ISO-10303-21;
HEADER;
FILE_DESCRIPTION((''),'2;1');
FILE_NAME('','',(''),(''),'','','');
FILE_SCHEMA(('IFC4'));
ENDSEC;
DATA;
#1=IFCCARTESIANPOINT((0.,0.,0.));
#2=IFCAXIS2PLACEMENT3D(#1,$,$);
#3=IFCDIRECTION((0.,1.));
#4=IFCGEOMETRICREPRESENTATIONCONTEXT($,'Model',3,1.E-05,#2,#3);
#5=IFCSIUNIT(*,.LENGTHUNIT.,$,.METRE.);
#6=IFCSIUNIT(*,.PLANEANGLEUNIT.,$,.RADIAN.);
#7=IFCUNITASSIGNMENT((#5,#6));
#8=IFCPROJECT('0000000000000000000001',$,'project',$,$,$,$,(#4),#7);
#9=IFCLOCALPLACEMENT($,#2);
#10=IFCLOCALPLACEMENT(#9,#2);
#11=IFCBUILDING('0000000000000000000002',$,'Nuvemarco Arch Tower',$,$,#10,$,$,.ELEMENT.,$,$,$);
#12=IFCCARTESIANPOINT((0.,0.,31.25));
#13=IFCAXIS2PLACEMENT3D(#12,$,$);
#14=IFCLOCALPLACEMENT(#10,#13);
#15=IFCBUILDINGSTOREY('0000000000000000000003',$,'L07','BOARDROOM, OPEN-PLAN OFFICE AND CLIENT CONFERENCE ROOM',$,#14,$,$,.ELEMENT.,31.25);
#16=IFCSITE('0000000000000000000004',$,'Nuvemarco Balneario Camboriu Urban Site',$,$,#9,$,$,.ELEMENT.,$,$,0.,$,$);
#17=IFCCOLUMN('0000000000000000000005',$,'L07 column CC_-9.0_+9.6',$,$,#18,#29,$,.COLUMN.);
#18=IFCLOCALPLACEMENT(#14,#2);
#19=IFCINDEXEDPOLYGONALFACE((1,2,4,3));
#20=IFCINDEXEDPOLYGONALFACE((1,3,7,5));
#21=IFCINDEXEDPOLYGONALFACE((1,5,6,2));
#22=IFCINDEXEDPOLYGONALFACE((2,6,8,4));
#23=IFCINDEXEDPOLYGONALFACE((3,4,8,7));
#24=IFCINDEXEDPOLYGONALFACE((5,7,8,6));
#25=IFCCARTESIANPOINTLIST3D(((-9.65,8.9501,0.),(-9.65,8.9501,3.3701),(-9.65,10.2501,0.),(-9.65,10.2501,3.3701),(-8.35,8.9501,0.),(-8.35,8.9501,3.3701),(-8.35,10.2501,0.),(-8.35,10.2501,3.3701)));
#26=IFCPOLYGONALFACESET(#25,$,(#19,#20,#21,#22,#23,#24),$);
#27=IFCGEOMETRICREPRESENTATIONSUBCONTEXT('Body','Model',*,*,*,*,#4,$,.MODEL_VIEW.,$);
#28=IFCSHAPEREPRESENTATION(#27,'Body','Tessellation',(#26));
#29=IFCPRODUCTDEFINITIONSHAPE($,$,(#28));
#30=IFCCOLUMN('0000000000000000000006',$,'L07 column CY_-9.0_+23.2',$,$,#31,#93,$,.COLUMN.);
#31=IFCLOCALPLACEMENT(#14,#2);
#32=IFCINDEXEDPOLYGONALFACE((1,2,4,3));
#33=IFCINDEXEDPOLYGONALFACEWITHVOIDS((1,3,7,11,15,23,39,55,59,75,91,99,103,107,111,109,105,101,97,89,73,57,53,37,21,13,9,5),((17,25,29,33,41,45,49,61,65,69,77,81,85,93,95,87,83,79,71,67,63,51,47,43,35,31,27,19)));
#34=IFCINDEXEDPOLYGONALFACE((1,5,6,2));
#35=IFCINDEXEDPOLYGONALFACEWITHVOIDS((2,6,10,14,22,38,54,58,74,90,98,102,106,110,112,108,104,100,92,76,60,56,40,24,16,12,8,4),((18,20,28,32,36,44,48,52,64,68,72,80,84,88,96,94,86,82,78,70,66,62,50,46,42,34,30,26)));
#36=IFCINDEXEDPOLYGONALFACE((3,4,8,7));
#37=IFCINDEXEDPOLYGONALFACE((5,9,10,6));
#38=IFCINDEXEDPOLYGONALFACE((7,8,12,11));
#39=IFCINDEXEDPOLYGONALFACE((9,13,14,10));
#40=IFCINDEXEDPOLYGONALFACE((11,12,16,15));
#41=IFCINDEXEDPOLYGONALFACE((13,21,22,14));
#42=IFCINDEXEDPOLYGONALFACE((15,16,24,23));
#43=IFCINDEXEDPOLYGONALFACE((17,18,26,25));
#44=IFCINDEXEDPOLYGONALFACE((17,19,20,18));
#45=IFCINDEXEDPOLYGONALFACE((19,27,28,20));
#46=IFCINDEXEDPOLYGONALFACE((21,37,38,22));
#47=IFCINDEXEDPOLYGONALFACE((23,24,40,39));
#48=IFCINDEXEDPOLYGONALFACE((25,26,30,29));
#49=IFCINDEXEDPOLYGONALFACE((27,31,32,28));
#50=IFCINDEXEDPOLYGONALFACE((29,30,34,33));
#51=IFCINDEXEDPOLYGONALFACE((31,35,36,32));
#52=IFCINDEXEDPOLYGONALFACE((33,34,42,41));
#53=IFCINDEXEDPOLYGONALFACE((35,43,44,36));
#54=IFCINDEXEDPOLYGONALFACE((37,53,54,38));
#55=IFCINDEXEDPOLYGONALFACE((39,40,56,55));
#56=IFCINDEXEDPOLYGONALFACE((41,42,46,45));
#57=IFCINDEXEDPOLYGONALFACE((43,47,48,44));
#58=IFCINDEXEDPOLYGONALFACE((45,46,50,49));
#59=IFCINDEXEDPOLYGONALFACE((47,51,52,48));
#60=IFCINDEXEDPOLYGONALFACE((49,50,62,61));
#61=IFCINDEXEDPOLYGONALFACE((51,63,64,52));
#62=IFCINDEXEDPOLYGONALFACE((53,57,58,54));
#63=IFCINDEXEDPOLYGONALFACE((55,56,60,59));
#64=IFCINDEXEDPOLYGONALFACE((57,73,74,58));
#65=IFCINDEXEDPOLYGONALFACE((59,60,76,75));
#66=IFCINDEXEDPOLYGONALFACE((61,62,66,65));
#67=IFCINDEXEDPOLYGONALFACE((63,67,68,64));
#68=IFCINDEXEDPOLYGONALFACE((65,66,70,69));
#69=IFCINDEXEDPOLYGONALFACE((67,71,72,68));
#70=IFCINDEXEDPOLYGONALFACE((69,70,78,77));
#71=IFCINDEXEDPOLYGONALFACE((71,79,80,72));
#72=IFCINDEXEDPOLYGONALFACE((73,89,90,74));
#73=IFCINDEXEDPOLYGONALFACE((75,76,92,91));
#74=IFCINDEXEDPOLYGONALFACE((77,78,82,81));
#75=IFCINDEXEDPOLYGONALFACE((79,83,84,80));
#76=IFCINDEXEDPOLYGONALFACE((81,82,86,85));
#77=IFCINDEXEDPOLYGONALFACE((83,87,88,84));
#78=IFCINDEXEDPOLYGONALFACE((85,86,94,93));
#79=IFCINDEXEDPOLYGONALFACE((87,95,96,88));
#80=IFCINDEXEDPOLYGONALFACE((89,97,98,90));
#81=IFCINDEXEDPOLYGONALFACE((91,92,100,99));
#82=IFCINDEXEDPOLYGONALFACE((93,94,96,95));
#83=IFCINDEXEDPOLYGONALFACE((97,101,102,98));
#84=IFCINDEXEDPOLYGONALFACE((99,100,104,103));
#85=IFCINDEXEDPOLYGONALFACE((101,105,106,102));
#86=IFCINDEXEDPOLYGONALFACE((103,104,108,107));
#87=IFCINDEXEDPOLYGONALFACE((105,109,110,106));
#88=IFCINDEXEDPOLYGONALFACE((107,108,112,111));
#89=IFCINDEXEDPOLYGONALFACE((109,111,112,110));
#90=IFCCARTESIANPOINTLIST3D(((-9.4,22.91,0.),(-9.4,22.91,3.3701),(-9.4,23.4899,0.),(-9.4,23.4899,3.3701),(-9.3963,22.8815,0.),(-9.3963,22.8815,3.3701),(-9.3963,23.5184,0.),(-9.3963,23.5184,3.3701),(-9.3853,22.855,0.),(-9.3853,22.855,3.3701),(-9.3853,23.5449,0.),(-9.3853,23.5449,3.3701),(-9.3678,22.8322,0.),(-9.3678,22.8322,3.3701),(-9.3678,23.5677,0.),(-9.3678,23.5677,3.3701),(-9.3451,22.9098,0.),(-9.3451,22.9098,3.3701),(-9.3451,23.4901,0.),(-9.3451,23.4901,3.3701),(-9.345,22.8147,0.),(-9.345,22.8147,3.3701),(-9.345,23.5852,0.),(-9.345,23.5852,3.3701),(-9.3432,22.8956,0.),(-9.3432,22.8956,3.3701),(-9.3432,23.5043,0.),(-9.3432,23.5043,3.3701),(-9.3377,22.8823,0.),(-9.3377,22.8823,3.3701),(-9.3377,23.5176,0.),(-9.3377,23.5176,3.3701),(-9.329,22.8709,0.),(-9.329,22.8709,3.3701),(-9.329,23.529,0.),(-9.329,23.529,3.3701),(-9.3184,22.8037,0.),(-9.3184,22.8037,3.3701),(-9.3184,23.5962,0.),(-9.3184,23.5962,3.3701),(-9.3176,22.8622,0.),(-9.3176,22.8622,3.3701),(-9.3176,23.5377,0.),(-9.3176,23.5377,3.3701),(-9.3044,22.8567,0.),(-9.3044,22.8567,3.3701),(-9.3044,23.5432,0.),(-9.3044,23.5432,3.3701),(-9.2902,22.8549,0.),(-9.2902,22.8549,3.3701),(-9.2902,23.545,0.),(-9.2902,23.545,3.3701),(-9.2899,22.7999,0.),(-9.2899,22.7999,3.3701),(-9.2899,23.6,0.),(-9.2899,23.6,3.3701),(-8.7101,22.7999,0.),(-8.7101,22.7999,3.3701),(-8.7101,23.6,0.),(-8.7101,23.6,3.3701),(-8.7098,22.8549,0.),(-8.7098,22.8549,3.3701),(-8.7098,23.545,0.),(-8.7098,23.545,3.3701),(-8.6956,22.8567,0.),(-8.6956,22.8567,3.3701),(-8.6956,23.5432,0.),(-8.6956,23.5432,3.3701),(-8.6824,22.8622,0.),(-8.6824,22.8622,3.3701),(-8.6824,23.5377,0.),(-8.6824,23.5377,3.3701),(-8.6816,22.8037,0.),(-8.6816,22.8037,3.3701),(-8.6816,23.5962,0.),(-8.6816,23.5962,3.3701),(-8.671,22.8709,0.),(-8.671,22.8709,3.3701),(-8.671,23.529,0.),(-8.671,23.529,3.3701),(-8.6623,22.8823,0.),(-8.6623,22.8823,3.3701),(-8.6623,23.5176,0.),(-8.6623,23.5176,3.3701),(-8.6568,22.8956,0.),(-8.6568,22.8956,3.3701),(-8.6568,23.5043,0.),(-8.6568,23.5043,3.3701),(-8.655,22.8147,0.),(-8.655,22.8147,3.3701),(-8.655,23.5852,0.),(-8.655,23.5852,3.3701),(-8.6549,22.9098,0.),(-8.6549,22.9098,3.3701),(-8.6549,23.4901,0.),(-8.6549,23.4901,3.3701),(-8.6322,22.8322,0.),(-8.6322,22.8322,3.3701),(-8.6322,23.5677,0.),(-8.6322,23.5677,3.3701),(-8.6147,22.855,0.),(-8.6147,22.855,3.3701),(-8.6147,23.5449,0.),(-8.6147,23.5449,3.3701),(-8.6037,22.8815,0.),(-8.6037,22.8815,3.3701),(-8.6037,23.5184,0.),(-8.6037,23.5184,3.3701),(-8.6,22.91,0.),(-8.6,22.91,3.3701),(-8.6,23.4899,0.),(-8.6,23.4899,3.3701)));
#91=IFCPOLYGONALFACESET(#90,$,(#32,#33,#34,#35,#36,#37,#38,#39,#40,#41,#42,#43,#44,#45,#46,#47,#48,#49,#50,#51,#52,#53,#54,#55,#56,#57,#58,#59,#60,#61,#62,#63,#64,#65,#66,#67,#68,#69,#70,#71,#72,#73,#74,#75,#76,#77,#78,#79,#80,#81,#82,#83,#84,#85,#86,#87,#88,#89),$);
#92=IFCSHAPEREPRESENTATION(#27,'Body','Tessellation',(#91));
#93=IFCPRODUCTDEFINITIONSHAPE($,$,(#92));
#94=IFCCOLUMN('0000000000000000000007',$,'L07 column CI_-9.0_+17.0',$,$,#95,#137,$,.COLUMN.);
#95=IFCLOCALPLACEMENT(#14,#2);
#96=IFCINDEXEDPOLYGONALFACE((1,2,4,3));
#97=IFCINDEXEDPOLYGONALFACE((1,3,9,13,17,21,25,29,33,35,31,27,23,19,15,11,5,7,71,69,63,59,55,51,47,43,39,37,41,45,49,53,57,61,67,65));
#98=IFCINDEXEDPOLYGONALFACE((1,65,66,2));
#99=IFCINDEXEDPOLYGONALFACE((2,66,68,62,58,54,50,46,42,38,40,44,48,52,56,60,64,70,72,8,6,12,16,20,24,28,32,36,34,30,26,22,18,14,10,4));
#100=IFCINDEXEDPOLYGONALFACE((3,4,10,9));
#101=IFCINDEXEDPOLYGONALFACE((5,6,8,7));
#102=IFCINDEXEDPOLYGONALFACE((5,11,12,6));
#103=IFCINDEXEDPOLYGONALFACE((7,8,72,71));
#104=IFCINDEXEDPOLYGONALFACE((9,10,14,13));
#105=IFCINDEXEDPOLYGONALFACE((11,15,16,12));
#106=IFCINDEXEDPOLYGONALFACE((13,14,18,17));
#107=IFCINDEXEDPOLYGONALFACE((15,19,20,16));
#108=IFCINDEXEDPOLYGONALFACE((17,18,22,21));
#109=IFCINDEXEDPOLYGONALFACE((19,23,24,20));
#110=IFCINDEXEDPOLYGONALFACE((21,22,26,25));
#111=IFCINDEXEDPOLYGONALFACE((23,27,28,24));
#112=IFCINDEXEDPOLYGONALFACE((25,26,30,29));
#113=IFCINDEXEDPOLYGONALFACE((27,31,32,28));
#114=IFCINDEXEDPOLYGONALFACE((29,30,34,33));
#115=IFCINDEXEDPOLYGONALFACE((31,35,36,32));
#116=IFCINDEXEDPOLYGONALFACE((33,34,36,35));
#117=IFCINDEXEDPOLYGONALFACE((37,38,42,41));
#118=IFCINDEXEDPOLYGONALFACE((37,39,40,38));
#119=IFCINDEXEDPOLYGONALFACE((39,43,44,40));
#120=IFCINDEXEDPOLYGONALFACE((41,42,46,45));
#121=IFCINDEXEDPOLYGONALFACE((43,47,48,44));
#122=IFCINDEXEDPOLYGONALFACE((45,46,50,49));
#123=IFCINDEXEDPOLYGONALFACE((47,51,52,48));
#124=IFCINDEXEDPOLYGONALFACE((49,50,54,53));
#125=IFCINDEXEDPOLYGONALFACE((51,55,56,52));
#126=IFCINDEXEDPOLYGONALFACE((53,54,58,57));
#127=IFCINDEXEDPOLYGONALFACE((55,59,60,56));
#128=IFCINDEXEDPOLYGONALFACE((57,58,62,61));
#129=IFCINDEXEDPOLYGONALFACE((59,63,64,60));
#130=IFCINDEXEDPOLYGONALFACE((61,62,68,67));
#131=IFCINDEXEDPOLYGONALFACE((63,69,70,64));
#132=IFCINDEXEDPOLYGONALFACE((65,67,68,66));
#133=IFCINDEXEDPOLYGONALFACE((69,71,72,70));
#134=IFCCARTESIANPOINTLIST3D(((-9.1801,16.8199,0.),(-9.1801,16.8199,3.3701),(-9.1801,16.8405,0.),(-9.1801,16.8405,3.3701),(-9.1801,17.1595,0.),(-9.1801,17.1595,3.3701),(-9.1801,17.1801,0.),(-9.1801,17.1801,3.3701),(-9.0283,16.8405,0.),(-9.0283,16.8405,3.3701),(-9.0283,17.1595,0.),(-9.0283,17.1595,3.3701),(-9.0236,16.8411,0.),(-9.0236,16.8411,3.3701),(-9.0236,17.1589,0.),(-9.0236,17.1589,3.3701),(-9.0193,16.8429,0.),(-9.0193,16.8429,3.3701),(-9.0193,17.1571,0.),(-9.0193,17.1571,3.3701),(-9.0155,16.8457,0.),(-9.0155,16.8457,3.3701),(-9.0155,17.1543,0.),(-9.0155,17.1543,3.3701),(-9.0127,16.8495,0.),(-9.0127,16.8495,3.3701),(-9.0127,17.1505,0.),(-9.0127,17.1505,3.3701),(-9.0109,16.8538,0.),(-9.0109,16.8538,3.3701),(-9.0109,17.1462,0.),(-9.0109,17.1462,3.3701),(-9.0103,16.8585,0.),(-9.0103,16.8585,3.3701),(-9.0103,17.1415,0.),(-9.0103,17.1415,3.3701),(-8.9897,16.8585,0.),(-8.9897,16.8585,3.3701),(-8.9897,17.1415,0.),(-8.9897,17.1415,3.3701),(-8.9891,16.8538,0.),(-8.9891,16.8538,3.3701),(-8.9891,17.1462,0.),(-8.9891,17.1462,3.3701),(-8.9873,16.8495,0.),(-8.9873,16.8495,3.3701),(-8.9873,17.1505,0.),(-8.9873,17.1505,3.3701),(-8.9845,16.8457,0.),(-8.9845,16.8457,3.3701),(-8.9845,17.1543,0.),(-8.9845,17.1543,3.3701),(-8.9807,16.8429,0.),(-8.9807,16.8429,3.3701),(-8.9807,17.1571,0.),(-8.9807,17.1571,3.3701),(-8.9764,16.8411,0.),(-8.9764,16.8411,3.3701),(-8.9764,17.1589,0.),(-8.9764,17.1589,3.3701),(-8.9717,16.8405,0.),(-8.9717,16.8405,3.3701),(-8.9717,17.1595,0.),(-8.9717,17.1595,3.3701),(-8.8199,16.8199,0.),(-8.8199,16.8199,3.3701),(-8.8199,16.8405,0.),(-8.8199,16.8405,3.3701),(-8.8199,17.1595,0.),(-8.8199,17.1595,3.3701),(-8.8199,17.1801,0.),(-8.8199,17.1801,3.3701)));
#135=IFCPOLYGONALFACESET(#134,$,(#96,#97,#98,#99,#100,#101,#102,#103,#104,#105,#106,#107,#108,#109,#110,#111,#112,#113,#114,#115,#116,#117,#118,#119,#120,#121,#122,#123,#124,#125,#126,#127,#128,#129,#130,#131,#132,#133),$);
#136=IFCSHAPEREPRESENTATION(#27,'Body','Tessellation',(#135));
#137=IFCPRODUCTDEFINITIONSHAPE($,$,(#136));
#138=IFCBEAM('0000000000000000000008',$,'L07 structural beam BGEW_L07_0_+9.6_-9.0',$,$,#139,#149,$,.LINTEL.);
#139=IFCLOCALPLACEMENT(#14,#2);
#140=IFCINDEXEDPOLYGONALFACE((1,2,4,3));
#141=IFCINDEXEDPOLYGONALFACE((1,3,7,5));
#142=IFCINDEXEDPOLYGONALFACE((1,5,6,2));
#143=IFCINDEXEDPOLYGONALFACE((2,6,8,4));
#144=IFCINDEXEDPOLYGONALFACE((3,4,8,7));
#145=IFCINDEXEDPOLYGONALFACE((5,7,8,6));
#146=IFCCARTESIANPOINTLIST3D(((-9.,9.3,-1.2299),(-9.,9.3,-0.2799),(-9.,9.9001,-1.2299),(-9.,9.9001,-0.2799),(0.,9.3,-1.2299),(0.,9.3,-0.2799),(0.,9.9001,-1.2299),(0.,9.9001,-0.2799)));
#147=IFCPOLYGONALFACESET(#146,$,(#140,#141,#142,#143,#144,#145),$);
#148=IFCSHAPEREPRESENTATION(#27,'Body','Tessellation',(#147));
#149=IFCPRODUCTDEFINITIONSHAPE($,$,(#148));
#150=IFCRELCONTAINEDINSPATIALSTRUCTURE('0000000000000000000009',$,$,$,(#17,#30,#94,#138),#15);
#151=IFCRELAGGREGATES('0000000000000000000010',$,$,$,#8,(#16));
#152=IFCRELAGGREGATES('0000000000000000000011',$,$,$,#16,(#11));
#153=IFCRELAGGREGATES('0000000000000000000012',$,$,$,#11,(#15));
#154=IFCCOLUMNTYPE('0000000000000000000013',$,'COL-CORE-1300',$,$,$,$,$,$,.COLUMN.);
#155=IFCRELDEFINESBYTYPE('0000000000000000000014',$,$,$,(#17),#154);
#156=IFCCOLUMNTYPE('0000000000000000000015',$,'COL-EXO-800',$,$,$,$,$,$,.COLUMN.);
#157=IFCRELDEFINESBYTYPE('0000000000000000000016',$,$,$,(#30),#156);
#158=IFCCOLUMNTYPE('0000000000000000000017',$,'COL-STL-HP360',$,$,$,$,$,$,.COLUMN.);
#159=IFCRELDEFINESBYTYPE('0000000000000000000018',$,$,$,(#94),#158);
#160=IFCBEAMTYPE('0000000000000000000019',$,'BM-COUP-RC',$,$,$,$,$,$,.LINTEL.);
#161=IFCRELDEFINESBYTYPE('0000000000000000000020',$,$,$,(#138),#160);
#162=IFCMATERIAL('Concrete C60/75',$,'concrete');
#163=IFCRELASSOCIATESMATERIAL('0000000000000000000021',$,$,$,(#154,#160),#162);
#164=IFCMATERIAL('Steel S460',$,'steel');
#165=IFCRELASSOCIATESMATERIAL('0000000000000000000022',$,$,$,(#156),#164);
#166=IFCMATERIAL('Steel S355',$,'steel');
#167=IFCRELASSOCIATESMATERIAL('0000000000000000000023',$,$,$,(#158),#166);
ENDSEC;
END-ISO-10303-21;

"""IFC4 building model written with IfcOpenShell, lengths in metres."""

from ifc_helpers import new_model, si_unit, direction, frame, origin, origin_2d, place, context, subcontext, project, spatial, rectangle, hollow_rectangle, i_section, extrude, material, material_profile, profile_set, type_object, element, save


model = new_model("IFC4")

# Units and contexts
model_context = context("Model", 3, precision=1e-05, world=origin(), true_north=direction((0.0, 1.0)))
body_context = subcontext(model_context, "Body", "Model", "MODEL_VIEW")
ifc_project = project(units=[si_unit("LENGTHUNIT", "METRE"), si_unit("PLANEANGLEUNIT", "RADIAN")], contexts=[model_context])

# Site, building, storey
site_placement = place(None, origin())
site = spatial("IfcSite", under=ifc_project, at=site_placement, Name="Nuvemarco Balneario Camboriu Urban Site", CompositionType="ELEMENT", RefElevation=0.0)
building_placement = place(site_placement, origin())
building = spatial("IfcBuilding", under=site, at=building_placement, Name="Nuvemarco Arch Tower", CompositionType="ELEMENT")
storey_placement = place(building_placement, frame((0.0, 0.0, 31.25)))
storey = spatial("IfcBuildingStorey", under=building, at=storey_placement, Name="L07", Description="BOARDROOM, OPEN-PLAN OFFICE AND CLIENT CONFERENCE ROOM", CompositionType="ELEMENT", Elevation=31.25)

# Columns
ifc_material_1 = material(Name="Concrete C60/75", Category="concrete")
ifc_material_profile_1 = material_profile(ifc_material_1, rectangle(XDim=1.3, YDim=1.3, at=origin_2d()), Name="RC-COL-1300x1300")
ifc_profile_set_1 = profile_set([ifc_material_profile_1], Name="Concrete C60/75")
column_type_1 = type_object("IfcColumnType", Name="COL-CORE-1300", PredefinedType="COLUMN", material=ifc_profile_set_1)
column_1_placement = place(storey_placement, frame((-9.0, 9.6001, 0.0), z_axis=(0.0, 0.0, 1.0), x_axis=(1.0, 0.0, 0.0)))
element("IfcColumn", 1, at=column_1_placement, inside=storey, type_object=column_type_1, Name="L07 column CC_-9.0_+9.6", PredefinedType="COLUMN", context=body_context, shape_type="SweptSolid", body=[
    extrude(rectangle(XDim=1.3, YDim=1.3, at=origin_2d()), origin(), (0.0, 0.0, 1.0), 3.3701),
])
ifc_material_2 = material(Name="Steel S460", Category="steel")
ifc_material_profile_2 = material_profile(ifc_material_2, hollow_rectangle(XDim=0.8, YDim=0.8, WallThickness=0.0549, InnerFilletRadius=0.0549, OuterFilletRadius=0.1101, at=origin_2d()), Name="SHS800x800x55")
ifc_profile_set_2 = profile_set([ifc_material_profile_2], Name="Steel S460")
column_type_2 = type_object("IfcColumnType", Name="COL-EXO-800", PredefinedType="COLUMN", material=ifc_profile_set_2)
column_2_placement = place(storey_placement, frame((-9.0, 23.2, 0.0), z_axis=(0.0, 0.0, 1.0), x_axis=(1.0, 0.0, 0.0)))
element("IfcColumn", 2, at=column_2_placement, inside=storey, type_object=column_type_2, Name="L07 column CY_-9.0_+23.2", PredefinedType="COLUMN", context=body_context, shape_type="SweptSolid", body=[
    extrude(hollow_rectangle(XDim=0.8, YDim=0.8, WallThickness=0.0549, InnerFilletRadius=0.0549, OuterFilletRadius=0.1101, at=origin_2d()), origin(), (0.0, 0.0, 1.0), 3.3701),
])
ifc_material_3 = material(Name="Steel S355", Category="steel")
ifc_material_profile_3 = material_profile(ifc_material_3, i_section(OverallWidth=0.3601, OverallDepth=0.3601, WebThickness=0.0205, FlangeThickness=0.0205, FilletRadius=0.0181, at=origin_2d()), Name="HP360x174")
ifc_profile_set_3 = profile_set([ifc_material_profile_3], Name="Steel S355")
column_type_3 = type_object("IfcColumnType", Name="COL-STL-HP360", PredefinedType="COLUMN", material=ifc_profile_set_3)
column_3_placement = place(storey_placement, frame((-9.0, 17.0, 0.0), z_axis=(0.0, 0.0, 1.0), x_axis=(1.0, 0.0, 0.0)))
element("IfcColumn", 3, at=column_3_placement, inside=storey, type_object=column_type_3, Name="L07 column CI_-9.0_+17.0", PredefinedType="COLUMN", context=body_context, shape_type="SweptSolid", body=[
    extrude(i_section(OverallWidth=0.3601, OverallDepth=0.3601, WebThickness=0.0205, FlangeThickness=0.0205, FilletRadius=0.0181, at=origin_2d()), origin(), (0.0, 0.0, 1.0), 3.3701),
])

# Beam
ifc_material_profile_4 = material_profile(ifc_material_1, rectangle(XDim=0.6001, YDim=0.95, at=origin_2d()), Name="RC-BM-600x950")
ifc_profile_set_4 = profile_set([ifc_material_profile_4], Name="Concrete C60/75")
beam_type_1 = type_object("IfcBeamType", Name="BM-COUP-RC", PredefinedType="LINTEL", material=ifc_profile_set_4)
beam_1_placement = place(storey_placement, frame((-9.0, 9.6001, -0.7549), z_axis=(1.0, 0.0, 0.0), x_axis=(0.0, 1.0, 0.0)))
element("IfcBeam", 4, at=beam_1_placement, inside=storey, type_object=beam_type_1, Name="L07 structural beam BGEW_L07_0_+9.6_-9.0", PredefinedType="LINTEL", context=body_context, shape_type="SweptSolid", body=[
    extrude(rectangle(XDim=0.6001, YDim=0.95, at=origin_2d()), origin(), (0.0, 0.0, 1.0), 9.0),
])

save(model, "model.ifc")
